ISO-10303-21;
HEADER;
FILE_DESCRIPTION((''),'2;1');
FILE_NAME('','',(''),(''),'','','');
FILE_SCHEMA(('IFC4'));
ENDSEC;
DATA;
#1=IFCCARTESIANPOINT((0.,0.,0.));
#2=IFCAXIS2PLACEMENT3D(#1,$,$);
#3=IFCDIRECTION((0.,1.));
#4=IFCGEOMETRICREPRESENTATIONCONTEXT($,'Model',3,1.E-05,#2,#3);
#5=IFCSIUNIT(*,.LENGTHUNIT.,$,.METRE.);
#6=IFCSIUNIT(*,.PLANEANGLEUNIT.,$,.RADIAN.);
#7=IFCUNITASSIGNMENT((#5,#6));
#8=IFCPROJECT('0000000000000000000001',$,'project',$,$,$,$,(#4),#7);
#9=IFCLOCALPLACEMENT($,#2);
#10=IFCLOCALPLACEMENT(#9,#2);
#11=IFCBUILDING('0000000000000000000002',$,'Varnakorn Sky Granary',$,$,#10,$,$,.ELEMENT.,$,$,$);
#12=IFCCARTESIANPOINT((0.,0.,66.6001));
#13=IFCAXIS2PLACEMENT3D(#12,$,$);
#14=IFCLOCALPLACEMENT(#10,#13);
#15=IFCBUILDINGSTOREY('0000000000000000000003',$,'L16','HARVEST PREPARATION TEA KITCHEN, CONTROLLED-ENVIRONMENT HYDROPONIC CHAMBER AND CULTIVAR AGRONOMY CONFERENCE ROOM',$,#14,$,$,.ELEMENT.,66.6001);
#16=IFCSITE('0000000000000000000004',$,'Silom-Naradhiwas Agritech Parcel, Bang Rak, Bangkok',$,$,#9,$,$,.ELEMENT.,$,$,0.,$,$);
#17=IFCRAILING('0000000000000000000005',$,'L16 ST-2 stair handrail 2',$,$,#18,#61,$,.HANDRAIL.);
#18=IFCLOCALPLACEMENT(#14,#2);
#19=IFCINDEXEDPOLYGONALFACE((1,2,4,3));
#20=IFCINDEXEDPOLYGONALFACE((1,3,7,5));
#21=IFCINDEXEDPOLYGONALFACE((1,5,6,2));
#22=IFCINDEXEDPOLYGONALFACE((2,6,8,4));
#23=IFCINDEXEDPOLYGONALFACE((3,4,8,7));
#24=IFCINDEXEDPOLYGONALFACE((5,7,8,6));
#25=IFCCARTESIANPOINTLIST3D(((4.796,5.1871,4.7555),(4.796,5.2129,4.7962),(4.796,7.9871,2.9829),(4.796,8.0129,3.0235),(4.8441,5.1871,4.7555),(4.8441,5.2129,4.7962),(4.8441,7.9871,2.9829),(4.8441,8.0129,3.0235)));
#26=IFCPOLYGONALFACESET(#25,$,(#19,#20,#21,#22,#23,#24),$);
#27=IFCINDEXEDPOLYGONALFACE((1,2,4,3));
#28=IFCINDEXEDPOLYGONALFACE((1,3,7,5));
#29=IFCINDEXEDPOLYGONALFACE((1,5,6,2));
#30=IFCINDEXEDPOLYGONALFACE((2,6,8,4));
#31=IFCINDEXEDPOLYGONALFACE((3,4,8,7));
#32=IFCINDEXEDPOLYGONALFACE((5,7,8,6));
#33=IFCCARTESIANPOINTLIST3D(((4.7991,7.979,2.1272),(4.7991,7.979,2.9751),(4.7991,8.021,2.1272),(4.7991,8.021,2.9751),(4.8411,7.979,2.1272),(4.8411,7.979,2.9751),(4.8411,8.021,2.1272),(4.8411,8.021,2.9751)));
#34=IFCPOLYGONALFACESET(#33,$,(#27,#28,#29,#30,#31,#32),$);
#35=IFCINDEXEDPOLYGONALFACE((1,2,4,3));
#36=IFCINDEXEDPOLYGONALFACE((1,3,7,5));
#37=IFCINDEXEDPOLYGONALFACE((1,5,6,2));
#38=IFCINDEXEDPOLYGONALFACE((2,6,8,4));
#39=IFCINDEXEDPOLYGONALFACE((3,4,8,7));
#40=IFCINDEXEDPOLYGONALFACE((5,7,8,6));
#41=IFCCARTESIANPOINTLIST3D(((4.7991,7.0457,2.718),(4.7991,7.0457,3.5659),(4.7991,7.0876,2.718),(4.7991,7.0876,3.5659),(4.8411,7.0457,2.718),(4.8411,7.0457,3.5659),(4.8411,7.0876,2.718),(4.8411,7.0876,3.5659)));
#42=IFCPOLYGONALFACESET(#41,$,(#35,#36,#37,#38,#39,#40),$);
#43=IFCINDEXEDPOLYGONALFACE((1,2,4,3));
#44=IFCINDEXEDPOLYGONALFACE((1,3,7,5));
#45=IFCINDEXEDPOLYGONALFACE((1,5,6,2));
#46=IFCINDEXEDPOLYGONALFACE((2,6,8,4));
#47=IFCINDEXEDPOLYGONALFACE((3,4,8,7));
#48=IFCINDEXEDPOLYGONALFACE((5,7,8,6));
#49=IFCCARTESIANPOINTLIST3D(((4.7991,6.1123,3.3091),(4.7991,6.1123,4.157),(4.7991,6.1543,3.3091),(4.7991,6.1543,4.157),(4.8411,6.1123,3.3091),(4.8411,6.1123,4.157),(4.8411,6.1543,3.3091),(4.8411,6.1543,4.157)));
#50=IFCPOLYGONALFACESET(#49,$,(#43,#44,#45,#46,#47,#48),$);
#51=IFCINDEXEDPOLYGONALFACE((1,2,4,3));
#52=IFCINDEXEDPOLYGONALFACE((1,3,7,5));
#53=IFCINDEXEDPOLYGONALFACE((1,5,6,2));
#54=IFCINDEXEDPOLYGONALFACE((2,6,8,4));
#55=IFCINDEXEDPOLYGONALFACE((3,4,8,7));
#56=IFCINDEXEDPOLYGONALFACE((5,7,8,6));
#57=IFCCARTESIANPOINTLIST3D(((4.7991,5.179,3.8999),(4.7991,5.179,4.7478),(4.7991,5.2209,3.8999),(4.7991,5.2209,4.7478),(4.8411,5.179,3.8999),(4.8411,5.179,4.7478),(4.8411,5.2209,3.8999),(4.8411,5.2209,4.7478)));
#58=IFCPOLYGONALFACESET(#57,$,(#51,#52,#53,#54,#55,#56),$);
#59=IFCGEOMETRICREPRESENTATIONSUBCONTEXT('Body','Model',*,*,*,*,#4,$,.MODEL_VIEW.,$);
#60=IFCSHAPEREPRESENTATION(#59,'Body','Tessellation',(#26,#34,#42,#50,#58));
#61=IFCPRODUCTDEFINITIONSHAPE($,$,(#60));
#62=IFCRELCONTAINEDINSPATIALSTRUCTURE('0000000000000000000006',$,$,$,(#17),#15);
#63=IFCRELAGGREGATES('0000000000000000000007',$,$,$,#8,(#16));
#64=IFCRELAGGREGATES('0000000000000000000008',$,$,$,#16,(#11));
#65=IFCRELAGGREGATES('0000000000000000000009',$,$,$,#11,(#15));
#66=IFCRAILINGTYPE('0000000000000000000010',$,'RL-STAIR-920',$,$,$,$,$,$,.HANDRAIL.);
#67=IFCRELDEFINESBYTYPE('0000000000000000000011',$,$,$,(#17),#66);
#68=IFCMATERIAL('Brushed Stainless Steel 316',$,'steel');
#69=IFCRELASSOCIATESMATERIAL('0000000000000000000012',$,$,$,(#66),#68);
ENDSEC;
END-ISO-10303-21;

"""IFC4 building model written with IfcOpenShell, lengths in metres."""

from ifc_helpers import new_model, si_unit, direction, frame, origin, origin_2d, place, context, subcontext, project, spatial, rectangle, extrude, material, type_object, element, save


model = new_model("IFC4")

# Units and contexts
model_context = context("Model", 3, precision=1e-05, world=origin(), true_north=direction((0.0, 1.0)))
body_context = subcontext(model_context, "Body", "Model", "MODEL_VIEW")
ifc_project = project(units=[si_unit("LENGTHUNIT", "METRE"), si_unit("PLANEANGLEUNIT", "RADIAN")], contexts=[model_context])

# Site, building, storey
site_placement = place(None, origin())
site = spatial("IfcSite", under=ifc_project, at=site_placement, Name="Silom-Naradhiwas Agritech Parcel, Bang Rak, Bangkok", CompositionType="ELEMENT", RefElevation=0.0)
building_placement = place(site_placement, origin())
building = spatial("IfcBuilding", under=site, at=building_placement, Name="Varnakorn Sky Granary", CompositionType="ELEMENT")
storey_placement = place(building_placement, frame((0.0, 0.0, 66.6001)))
storey = spatial("IfcBuildingStorey", under=building, at=storey_placement, Name="L16", Description="HARVEST PREPARATION TEA KITCHEN, CONTROLLED-ENVIRONMENT HYDROPONIC CHAMBER AND CULTIVAR AGRONOMY CONFERENCE ROOM", CompositionType="ELEMENT", Elevation=66.6001)

# Railing
ifc_material_1 = material(Name="Brushed Stainless Steel 316", Category="steel")
railing_type_1 = type_object("IfcRailingType", Name="RL-STAIR-920", PredefinedType="HANDRAIL", material=ifc_material_1)
railing_1_placement = place(storey_placement, frame((4.8201, 8.0, 2.1272)))
element("IfcRailing", 1, at=railing_1_placement, inside=storey, type_object=railing_type_1, Name="L16 ST-2 stair handrail 2", PredefinedType="HANDRAIL", context=body_context, shape_type="SweptSolid", body=[
    extrude(rectangle(XDim=0.0481, YDim=0.0481, at=origin_2d()), frame((0.0, 0.0, 0.876), z_axis=(0.0, -0.844909, 0.53491), x_axis=(1.0, 0.0, 0.0)), (0.0, 0.0, 1.0), 3.314),
    extrude(rectangle(XDim=0.042, YDim=0.042, at=origin_2d()), origin(), (0.0, 0.0, 1.0), 0.8479),
    extrude(rectangle(XDim=0.042, YDim=0.042, at=origin_2d()), frame((0.0, -0.9333, 0.5908)), (0.0, 0.0, 1.0), 0.8479),
    extrude(rectangle(XDim=0.042, YDim=0.042, at=origin_2d()), frame((0.0, -1.8667, 1.1819)), (0.0, 0.0, 1.0), 0.8479),
    extrude(rectangle(XDim=0.042, YDim=0.042, at=origin_2d()), frame((0.0, -2.8, 1.7727)), (0.0, 0.0, 1.0), 0.8479),
])

save(model, "model.ifc")
